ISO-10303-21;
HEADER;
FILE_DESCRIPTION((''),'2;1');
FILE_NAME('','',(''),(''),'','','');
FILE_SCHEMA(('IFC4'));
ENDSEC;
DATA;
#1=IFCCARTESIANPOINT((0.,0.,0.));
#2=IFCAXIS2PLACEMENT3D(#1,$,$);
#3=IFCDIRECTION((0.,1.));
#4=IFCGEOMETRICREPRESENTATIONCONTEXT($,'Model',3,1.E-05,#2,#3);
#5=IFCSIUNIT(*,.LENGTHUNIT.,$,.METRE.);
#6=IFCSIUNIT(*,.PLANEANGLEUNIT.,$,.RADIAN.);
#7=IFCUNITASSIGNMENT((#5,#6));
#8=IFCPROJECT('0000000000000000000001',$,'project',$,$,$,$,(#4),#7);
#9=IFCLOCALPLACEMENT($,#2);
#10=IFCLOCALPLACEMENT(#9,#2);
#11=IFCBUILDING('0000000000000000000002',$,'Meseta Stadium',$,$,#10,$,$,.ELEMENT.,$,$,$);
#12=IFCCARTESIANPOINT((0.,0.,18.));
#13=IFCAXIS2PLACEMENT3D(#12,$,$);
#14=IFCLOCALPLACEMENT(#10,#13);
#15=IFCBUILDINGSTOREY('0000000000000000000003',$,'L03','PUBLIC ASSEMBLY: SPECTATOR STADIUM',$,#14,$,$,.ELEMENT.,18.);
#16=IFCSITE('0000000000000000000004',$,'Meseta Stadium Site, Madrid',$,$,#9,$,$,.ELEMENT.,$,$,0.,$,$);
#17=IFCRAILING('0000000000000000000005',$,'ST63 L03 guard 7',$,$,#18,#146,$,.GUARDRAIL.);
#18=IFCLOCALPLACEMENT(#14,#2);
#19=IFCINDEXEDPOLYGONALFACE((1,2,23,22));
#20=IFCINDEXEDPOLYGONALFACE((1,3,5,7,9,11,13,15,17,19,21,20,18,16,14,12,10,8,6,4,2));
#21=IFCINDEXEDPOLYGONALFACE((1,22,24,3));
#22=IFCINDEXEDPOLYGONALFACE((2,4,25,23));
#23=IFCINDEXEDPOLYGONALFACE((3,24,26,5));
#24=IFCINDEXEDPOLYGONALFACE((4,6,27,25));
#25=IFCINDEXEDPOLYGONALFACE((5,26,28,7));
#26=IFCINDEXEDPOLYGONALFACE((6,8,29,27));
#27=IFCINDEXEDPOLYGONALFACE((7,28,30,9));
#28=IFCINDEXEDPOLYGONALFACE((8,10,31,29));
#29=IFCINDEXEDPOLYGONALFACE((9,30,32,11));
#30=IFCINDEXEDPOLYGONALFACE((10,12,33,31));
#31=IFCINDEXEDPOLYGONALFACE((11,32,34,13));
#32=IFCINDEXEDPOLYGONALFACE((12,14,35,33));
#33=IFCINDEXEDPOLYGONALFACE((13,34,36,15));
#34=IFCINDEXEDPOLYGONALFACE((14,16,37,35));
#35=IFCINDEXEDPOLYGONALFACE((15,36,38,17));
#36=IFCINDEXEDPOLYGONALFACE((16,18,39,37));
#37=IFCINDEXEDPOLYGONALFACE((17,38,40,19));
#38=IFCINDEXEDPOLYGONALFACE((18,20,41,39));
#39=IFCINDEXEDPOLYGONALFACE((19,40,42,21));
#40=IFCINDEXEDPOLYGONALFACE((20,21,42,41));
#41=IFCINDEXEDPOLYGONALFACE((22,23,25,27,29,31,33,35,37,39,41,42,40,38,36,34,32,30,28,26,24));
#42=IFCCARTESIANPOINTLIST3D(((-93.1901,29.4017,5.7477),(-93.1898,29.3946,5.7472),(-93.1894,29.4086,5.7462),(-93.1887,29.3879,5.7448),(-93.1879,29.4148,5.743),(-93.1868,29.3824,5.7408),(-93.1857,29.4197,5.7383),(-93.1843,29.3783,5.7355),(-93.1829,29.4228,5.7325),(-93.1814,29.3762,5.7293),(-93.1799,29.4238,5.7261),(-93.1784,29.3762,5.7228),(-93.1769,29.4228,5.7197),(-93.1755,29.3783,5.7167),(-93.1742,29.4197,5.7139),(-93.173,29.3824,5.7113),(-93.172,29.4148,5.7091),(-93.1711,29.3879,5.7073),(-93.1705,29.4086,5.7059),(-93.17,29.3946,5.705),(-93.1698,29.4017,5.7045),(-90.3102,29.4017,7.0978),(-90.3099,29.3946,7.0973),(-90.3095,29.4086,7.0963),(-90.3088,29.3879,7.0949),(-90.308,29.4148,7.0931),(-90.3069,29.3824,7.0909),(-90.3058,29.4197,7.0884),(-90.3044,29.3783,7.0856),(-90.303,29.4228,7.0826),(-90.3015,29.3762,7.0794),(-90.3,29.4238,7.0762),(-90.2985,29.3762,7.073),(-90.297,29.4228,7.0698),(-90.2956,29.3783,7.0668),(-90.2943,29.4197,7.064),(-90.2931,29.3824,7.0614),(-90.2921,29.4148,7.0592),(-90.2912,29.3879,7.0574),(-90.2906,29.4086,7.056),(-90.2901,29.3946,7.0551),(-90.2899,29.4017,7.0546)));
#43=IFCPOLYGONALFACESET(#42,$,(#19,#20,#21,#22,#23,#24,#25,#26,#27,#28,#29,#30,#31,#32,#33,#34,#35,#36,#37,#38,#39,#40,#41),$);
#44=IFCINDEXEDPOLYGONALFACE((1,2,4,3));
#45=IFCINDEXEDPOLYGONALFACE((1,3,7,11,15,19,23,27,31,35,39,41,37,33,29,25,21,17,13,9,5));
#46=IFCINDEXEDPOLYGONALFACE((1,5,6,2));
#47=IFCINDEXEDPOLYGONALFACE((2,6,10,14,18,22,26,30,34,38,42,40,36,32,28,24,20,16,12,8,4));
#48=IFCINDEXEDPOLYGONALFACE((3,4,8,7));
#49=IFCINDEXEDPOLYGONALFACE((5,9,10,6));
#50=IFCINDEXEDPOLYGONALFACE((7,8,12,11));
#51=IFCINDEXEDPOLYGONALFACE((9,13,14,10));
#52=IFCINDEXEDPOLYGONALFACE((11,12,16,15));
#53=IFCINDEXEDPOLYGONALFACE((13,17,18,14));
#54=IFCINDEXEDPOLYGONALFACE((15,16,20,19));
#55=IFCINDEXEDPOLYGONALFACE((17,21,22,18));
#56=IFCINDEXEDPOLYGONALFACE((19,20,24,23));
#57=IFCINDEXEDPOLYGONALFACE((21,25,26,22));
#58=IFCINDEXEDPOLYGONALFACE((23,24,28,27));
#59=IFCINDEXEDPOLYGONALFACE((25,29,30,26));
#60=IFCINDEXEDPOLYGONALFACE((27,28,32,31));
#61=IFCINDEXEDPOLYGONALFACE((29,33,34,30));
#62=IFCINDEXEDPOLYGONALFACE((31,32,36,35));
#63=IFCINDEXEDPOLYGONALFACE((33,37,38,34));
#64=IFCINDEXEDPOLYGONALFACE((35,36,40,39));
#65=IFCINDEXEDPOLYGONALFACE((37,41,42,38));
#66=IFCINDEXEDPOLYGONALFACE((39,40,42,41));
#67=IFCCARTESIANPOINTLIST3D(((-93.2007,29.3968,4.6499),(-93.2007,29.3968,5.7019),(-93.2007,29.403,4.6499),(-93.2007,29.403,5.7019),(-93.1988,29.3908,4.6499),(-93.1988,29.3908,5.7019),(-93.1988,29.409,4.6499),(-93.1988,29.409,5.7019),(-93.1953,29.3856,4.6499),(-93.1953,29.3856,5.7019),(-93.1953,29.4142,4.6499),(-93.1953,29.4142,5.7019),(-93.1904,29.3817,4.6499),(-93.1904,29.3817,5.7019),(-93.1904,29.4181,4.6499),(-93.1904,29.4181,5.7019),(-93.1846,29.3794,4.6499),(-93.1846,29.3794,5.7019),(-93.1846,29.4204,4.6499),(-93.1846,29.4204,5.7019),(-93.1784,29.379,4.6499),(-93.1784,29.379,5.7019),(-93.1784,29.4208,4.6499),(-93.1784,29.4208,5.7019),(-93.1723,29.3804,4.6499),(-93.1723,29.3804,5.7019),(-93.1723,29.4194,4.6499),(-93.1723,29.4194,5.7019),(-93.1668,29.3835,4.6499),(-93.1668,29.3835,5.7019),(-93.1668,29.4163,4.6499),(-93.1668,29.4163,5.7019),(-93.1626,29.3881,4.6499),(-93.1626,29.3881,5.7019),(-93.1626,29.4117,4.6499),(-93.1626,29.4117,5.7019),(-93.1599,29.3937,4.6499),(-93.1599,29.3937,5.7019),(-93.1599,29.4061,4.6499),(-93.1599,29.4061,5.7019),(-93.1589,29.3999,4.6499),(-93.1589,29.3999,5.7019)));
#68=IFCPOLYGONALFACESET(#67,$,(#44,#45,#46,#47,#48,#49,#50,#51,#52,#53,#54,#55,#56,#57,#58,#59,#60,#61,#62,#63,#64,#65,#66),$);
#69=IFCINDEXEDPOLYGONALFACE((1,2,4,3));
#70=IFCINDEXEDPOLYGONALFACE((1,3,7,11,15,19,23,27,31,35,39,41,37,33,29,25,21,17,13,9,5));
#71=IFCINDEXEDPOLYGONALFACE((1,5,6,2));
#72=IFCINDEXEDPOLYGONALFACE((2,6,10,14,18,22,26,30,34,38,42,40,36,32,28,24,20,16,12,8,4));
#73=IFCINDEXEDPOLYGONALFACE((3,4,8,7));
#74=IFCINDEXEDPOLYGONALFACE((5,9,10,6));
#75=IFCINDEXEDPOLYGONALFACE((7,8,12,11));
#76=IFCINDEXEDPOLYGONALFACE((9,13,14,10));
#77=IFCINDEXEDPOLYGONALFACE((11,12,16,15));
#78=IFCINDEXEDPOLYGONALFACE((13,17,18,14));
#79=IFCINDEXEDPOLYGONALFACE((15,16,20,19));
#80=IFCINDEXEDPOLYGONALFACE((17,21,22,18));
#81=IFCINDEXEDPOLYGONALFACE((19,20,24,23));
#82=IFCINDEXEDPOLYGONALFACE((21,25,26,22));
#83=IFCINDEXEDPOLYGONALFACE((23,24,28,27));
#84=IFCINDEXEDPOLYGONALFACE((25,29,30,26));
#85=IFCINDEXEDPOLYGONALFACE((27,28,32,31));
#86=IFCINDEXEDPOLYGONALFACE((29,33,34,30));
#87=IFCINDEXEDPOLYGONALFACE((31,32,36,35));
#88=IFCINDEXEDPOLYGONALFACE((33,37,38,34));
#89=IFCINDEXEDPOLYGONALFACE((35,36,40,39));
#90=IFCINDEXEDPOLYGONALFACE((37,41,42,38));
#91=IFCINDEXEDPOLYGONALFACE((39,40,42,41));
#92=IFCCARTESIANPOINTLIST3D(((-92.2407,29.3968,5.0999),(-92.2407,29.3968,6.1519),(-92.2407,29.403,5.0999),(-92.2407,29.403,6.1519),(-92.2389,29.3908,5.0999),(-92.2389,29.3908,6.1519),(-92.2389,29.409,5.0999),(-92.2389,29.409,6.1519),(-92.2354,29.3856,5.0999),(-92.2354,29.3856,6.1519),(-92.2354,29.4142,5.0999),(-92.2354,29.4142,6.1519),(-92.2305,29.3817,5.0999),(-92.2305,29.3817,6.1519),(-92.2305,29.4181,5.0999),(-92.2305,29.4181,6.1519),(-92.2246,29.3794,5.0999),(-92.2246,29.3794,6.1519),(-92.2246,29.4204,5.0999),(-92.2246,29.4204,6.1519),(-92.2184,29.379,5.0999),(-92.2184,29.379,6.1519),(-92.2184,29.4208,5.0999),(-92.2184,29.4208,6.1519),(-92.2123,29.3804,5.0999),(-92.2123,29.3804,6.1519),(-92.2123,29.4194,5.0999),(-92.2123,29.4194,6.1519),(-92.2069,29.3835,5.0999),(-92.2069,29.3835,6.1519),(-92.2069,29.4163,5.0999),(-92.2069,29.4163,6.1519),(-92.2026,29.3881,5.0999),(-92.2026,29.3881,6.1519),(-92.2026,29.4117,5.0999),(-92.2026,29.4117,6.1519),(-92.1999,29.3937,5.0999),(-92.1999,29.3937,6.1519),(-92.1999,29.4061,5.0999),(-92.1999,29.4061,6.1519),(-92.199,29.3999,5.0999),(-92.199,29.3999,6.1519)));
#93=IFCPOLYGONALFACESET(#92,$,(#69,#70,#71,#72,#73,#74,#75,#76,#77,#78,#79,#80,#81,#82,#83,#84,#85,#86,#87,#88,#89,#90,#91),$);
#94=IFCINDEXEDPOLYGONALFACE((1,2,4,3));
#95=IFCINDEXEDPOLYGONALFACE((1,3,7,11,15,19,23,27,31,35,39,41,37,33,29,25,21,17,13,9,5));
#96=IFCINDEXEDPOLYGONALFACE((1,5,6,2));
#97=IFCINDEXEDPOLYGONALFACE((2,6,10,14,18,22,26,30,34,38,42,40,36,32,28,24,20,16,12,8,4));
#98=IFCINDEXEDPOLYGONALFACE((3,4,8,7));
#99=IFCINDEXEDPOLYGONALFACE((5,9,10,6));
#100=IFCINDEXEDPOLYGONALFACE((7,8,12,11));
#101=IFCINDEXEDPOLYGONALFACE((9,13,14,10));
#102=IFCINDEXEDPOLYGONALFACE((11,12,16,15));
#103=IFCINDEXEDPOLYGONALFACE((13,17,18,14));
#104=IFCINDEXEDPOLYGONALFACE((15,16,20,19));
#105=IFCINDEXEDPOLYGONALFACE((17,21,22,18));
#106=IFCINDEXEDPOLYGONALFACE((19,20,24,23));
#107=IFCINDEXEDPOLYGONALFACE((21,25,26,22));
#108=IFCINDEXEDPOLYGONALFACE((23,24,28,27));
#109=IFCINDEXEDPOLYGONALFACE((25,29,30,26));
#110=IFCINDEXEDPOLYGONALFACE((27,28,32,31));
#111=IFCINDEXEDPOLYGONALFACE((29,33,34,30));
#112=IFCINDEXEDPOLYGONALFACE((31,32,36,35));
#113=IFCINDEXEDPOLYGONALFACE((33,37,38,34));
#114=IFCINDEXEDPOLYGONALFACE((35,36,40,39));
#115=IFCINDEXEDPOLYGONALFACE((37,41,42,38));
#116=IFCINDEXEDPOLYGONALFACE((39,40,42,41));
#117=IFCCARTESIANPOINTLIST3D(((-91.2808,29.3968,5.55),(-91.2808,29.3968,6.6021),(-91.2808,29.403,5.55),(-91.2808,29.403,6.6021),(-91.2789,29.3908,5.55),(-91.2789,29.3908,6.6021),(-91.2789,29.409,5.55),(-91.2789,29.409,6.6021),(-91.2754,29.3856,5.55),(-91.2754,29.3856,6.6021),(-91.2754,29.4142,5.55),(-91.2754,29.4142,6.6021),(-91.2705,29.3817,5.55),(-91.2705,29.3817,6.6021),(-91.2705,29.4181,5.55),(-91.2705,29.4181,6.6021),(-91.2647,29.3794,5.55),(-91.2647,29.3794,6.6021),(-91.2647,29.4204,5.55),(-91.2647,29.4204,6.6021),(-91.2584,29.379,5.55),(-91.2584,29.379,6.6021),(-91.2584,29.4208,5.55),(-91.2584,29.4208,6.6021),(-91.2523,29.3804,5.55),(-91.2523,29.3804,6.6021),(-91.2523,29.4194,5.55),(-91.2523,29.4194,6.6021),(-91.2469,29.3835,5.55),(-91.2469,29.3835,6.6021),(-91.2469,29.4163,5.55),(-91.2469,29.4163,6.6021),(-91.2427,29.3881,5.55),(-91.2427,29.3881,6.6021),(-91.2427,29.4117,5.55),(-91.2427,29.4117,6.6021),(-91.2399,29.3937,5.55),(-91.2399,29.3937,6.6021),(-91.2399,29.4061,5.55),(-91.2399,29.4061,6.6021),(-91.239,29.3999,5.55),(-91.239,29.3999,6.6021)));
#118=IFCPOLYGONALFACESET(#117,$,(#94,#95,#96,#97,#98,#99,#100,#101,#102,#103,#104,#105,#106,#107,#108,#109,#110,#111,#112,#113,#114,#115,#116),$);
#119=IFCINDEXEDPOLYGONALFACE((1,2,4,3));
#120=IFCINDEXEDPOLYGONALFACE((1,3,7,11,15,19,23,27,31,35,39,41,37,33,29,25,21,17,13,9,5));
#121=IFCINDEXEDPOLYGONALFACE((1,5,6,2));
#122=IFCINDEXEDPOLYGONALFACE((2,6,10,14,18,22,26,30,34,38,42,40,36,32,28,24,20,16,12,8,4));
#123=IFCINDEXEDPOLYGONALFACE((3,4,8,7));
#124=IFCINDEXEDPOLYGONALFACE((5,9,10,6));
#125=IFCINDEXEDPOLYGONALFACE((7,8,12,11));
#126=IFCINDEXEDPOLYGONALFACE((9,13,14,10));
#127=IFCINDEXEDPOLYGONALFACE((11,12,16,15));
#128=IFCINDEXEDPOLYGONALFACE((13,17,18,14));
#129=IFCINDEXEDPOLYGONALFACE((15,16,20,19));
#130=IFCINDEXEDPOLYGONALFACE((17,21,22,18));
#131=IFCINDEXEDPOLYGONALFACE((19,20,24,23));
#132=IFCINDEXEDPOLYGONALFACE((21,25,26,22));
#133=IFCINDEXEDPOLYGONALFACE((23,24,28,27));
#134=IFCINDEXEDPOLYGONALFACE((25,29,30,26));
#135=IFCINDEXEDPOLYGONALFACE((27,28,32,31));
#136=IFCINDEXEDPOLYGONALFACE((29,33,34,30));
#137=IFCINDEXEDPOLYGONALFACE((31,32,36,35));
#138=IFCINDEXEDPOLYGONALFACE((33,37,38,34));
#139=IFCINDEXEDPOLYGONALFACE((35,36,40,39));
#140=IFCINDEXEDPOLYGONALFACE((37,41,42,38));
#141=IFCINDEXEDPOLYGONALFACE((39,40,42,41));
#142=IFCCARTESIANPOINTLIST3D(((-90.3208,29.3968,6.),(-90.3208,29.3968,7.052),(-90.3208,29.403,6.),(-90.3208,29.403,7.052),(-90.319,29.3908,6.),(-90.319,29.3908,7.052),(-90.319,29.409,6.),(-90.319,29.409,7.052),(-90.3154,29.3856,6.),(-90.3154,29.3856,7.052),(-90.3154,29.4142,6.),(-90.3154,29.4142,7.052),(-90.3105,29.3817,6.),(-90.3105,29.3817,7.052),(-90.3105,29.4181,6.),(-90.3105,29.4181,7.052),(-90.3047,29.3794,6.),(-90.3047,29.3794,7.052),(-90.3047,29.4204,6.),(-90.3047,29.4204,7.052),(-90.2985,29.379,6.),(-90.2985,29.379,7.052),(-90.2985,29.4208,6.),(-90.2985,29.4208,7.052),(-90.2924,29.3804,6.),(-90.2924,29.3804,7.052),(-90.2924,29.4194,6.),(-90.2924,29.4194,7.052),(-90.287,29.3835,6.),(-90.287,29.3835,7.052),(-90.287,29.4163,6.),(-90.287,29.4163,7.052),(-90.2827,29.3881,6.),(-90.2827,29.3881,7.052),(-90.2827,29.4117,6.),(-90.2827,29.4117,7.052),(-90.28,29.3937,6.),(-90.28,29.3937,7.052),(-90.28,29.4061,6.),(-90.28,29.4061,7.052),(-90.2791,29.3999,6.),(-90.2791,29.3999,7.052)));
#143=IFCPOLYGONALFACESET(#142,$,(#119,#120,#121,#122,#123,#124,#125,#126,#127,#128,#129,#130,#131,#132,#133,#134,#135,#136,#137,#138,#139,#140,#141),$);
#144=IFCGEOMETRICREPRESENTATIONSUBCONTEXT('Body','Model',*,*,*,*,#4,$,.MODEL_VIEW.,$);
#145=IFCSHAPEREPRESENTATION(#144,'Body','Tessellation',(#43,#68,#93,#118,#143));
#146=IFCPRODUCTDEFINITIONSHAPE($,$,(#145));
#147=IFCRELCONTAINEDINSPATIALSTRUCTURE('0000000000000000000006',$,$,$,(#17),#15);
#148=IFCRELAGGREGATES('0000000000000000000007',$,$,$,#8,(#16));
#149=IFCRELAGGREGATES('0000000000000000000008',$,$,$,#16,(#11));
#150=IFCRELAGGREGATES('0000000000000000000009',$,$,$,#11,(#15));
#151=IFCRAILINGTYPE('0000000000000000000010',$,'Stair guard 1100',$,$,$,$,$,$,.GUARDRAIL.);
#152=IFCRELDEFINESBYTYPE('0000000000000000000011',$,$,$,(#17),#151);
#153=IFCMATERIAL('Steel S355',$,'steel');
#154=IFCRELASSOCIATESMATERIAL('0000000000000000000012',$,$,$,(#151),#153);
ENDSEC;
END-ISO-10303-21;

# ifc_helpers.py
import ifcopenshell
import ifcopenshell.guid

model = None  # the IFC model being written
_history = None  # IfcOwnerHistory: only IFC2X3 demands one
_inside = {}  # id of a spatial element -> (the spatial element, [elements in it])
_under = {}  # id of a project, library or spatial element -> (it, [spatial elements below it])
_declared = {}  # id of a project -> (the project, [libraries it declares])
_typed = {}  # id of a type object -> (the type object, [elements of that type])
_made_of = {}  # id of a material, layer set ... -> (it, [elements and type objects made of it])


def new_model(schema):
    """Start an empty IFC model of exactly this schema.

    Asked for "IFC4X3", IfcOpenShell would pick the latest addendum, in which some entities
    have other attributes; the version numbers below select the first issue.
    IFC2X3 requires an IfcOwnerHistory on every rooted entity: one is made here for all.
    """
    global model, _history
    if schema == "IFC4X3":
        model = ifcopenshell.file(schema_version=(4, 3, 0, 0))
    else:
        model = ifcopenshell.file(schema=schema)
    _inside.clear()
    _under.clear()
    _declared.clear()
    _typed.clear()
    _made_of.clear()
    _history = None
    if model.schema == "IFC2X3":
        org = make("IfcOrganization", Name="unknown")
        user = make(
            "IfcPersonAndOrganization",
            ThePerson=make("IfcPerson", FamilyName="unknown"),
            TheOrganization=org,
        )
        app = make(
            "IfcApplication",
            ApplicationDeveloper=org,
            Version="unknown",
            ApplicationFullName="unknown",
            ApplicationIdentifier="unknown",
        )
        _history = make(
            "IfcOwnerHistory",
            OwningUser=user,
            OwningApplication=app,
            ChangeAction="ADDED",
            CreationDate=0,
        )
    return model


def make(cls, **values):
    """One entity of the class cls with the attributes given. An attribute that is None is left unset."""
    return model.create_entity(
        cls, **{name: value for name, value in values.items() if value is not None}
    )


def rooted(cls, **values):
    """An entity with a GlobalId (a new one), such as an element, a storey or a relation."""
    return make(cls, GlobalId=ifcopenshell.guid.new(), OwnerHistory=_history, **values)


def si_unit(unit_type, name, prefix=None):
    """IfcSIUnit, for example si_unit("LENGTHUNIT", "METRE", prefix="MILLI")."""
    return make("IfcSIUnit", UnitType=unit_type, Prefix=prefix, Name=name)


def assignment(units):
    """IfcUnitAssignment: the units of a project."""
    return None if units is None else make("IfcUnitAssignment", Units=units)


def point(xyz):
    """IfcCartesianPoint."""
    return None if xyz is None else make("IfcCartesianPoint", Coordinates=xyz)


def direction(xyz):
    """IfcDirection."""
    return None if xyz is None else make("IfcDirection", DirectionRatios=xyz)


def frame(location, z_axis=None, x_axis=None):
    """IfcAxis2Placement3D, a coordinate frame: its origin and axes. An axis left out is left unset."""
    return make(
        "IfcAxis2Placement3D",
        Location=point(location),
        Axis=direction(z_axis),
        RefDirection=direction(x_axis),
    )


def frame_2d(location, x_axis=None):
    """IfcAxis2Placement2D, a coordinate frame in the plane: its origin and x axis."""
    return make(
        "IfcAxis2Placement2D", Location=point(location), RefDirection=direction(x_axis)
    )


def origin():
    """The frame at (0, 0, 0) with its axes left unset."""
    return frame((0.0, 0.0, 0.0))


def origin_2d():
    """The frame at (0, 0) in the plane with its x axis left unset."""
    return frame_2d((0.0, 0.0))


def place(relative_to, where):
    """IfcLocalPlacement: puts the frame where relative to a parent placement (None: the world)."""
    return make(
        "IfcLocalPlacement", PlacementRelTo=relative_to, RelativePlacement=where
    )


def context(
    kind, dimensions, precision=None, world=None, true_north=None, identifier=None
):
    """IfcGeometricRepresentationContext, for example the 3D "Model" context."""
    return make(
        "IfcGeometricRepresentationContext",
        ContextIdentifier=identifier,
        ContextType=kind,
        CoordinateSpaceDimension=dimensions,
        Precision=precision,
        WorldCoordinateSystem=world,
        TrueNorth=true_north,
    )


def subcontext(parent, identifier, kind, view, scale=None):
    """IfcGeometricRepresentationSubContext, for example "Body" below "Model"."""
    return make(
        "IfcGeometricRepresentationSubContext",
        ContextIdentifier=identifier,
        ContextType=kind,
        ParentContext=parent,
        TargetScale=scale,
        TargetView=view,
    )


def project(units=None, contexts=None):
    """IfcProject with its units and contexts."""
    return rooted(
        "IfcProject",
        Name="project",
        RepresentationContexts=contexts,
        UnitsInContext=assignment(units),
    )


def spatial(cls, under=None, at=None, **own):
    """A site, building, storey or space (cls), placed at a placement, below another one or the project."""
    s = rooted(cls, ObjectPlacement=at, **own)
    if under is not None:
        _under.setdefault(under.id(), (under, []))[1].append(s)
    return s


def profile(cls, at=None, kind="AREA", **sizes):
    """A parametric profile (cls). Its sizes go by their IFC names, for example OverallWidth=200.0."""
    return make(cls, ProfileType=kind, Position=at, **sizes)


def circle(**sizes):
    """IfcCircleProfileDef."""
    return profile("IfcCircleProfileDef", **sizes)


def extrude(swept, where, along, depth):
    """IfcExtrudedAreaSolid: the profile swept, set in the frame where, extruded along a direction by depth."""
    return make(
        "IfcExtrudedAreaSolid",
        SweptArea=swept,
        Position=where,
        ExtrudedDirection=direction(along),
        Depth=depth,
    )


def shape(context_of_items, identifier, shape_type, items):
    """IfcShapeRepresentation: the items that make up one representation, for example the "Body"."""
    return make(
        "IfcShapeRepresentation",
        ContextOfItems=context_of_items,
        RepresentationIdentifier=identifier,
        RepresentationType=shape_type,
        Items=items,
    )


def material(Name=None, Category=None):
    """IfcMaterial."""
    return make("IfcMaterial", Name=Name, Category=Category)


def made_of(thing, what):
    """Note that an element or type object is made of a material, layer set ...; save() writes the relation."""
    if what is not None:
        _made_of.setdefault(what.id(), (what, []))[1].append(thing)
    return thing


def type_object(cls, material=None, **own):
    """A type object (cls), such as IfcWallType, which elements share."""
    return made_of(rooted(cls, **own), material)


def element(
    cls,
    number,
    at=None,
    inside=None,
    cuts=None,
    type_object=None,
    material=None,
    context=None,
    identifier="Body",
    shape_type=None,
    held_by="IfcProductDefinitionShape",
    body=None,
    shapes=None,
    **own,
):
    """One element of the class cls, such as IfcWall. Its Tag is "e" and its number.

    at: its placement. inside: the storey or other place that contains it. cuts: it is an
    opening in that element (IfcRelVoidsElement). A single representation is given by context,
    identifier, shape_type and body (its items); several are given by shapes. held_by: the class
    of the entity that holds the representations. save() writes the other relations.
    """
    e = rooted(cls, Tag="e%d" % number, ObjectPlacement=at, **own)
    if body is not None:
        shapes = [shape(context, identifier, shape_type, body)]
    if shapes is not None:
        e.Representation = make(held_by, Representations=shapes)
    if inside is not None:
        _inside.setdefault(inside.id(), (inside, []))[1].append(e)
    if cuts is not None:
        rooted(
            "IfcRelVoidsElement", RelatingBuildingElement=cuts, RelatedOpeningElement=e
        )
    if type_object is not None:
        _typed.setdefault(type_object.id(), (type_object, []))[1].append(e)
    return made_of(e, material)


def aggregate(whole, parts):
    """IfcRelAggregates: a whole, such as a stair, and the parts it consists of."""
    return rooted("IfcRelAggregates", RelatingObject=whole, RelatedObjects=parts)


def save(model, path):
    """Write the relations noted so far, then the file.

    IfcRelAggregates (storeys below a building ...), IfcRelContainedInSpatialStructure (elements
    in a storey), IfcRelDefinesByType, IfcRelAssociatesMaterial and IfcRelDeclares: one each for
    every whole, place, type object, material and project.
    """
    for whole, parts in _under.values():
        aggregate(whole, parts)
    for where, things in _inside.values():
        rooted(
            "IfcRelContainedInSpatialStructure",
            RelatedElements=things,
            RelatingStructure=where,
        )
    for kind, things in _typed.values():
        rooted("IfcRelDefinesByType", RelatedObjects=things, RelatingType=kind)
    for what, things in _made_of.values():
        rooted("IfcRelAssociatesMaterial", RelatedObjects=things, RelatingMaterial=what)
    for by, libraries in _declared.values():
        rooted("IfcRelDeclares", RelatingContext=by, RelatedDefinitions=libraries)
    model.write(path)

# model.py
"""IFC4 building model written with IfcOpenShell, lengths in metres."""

from ifc_helpers import new_model, si_unit, direction, frame, origin, origin_2d, place, context, subcontext, project, spatial, circle, extrude, material, type_object, element, save


model = new_model("IFC4")

# Units and contexts
model_context = context("Model", 3, precision=1e-05, world=origin(), true_north=direction((0.0, 1.0)))
body_context = subcontext(model_context, "Body", "Model", "MODEL_VIEW")
ifc_project = project(units=[si_unit("LENGTHUNIT", "METRE"), si_unit("PLANEANGLEUNIT", "RADIAN")], contexts=[model_context])

# Site, building, storey
site_placement = place(None, origin())
site = spatial("IfcSite", under=ifc_project, at=site_placement, Name="Meseta Stadium Site, Madrid", CompositionType="ELEMENT", RefElevation=0.0)
building_placement = place(site_placement, origin())
building = spatial("IfcBuilding", under=site, at=building_placement, Name="Meseta Stadium", CompositionType="ELEMENT")
storey_placement = place(building_placement, frame((0.0, 0.0, 18.0)))
storey = spatial("IfcBuildingStorey", under=building, at=storey_placement, Name="L03", Description="PUBLIC ASSEMBLY: SPECTATOR STADIUM", CompositionType="ELEMENT", Elevation=18.0)

# Railing
ifc_material_1 = material(Name="Steel S355", Category="steel")
railing_type_1 = type_object("IfcRailingType", Name="Stair guard 1100", PredefinedType="GUARDRAIL", material=ifc_material_1)
railing_1_placement = place(storey_placement, frame((-93.1799, 29.3999, 4.6499)))
element("IfcRailing", 1, at=railing_1_placement, inside=storey, type_object=railing_type_1, Name="ST63 L03 guard 7", PredefinedType="GUARDRAIL", context=body_context, shape_type="SweptSolid", body=[
    extrude(circle(Radius=0.0239, at=origin_2d()), frame((0.0, 0.0, 1.0762), z_axis=(0.90544, 0.0, 0.424473), x_axis=(0.0, 1.0, 0.0)), (0.0, 0.0, 1.0), 3.1807),
    extrude(circle(Radius=0.021, at=origin_2d()), origin(), (0.0, 0.0, 1.0), 1.052),
    extrude(circle(Radius=0.021, at=origin_2d()), frame((0.96, 0.0, 0.45)), (0.0, 0.0, 1.0), 1.052),
    extrude(circle(Radius=0.021, at=origin_2d()), frame((1.9199, 0.0, 0.9001)), (0.0, 0.0, 1.0), 1.052),
    extrude(circle(Radius=0.021, at=origin_2d()), frame((2.8799, 0.0, 1.3501)), (0.0, 0.0, 1.0), 1.052),
])

save(model, "model.ifc")
